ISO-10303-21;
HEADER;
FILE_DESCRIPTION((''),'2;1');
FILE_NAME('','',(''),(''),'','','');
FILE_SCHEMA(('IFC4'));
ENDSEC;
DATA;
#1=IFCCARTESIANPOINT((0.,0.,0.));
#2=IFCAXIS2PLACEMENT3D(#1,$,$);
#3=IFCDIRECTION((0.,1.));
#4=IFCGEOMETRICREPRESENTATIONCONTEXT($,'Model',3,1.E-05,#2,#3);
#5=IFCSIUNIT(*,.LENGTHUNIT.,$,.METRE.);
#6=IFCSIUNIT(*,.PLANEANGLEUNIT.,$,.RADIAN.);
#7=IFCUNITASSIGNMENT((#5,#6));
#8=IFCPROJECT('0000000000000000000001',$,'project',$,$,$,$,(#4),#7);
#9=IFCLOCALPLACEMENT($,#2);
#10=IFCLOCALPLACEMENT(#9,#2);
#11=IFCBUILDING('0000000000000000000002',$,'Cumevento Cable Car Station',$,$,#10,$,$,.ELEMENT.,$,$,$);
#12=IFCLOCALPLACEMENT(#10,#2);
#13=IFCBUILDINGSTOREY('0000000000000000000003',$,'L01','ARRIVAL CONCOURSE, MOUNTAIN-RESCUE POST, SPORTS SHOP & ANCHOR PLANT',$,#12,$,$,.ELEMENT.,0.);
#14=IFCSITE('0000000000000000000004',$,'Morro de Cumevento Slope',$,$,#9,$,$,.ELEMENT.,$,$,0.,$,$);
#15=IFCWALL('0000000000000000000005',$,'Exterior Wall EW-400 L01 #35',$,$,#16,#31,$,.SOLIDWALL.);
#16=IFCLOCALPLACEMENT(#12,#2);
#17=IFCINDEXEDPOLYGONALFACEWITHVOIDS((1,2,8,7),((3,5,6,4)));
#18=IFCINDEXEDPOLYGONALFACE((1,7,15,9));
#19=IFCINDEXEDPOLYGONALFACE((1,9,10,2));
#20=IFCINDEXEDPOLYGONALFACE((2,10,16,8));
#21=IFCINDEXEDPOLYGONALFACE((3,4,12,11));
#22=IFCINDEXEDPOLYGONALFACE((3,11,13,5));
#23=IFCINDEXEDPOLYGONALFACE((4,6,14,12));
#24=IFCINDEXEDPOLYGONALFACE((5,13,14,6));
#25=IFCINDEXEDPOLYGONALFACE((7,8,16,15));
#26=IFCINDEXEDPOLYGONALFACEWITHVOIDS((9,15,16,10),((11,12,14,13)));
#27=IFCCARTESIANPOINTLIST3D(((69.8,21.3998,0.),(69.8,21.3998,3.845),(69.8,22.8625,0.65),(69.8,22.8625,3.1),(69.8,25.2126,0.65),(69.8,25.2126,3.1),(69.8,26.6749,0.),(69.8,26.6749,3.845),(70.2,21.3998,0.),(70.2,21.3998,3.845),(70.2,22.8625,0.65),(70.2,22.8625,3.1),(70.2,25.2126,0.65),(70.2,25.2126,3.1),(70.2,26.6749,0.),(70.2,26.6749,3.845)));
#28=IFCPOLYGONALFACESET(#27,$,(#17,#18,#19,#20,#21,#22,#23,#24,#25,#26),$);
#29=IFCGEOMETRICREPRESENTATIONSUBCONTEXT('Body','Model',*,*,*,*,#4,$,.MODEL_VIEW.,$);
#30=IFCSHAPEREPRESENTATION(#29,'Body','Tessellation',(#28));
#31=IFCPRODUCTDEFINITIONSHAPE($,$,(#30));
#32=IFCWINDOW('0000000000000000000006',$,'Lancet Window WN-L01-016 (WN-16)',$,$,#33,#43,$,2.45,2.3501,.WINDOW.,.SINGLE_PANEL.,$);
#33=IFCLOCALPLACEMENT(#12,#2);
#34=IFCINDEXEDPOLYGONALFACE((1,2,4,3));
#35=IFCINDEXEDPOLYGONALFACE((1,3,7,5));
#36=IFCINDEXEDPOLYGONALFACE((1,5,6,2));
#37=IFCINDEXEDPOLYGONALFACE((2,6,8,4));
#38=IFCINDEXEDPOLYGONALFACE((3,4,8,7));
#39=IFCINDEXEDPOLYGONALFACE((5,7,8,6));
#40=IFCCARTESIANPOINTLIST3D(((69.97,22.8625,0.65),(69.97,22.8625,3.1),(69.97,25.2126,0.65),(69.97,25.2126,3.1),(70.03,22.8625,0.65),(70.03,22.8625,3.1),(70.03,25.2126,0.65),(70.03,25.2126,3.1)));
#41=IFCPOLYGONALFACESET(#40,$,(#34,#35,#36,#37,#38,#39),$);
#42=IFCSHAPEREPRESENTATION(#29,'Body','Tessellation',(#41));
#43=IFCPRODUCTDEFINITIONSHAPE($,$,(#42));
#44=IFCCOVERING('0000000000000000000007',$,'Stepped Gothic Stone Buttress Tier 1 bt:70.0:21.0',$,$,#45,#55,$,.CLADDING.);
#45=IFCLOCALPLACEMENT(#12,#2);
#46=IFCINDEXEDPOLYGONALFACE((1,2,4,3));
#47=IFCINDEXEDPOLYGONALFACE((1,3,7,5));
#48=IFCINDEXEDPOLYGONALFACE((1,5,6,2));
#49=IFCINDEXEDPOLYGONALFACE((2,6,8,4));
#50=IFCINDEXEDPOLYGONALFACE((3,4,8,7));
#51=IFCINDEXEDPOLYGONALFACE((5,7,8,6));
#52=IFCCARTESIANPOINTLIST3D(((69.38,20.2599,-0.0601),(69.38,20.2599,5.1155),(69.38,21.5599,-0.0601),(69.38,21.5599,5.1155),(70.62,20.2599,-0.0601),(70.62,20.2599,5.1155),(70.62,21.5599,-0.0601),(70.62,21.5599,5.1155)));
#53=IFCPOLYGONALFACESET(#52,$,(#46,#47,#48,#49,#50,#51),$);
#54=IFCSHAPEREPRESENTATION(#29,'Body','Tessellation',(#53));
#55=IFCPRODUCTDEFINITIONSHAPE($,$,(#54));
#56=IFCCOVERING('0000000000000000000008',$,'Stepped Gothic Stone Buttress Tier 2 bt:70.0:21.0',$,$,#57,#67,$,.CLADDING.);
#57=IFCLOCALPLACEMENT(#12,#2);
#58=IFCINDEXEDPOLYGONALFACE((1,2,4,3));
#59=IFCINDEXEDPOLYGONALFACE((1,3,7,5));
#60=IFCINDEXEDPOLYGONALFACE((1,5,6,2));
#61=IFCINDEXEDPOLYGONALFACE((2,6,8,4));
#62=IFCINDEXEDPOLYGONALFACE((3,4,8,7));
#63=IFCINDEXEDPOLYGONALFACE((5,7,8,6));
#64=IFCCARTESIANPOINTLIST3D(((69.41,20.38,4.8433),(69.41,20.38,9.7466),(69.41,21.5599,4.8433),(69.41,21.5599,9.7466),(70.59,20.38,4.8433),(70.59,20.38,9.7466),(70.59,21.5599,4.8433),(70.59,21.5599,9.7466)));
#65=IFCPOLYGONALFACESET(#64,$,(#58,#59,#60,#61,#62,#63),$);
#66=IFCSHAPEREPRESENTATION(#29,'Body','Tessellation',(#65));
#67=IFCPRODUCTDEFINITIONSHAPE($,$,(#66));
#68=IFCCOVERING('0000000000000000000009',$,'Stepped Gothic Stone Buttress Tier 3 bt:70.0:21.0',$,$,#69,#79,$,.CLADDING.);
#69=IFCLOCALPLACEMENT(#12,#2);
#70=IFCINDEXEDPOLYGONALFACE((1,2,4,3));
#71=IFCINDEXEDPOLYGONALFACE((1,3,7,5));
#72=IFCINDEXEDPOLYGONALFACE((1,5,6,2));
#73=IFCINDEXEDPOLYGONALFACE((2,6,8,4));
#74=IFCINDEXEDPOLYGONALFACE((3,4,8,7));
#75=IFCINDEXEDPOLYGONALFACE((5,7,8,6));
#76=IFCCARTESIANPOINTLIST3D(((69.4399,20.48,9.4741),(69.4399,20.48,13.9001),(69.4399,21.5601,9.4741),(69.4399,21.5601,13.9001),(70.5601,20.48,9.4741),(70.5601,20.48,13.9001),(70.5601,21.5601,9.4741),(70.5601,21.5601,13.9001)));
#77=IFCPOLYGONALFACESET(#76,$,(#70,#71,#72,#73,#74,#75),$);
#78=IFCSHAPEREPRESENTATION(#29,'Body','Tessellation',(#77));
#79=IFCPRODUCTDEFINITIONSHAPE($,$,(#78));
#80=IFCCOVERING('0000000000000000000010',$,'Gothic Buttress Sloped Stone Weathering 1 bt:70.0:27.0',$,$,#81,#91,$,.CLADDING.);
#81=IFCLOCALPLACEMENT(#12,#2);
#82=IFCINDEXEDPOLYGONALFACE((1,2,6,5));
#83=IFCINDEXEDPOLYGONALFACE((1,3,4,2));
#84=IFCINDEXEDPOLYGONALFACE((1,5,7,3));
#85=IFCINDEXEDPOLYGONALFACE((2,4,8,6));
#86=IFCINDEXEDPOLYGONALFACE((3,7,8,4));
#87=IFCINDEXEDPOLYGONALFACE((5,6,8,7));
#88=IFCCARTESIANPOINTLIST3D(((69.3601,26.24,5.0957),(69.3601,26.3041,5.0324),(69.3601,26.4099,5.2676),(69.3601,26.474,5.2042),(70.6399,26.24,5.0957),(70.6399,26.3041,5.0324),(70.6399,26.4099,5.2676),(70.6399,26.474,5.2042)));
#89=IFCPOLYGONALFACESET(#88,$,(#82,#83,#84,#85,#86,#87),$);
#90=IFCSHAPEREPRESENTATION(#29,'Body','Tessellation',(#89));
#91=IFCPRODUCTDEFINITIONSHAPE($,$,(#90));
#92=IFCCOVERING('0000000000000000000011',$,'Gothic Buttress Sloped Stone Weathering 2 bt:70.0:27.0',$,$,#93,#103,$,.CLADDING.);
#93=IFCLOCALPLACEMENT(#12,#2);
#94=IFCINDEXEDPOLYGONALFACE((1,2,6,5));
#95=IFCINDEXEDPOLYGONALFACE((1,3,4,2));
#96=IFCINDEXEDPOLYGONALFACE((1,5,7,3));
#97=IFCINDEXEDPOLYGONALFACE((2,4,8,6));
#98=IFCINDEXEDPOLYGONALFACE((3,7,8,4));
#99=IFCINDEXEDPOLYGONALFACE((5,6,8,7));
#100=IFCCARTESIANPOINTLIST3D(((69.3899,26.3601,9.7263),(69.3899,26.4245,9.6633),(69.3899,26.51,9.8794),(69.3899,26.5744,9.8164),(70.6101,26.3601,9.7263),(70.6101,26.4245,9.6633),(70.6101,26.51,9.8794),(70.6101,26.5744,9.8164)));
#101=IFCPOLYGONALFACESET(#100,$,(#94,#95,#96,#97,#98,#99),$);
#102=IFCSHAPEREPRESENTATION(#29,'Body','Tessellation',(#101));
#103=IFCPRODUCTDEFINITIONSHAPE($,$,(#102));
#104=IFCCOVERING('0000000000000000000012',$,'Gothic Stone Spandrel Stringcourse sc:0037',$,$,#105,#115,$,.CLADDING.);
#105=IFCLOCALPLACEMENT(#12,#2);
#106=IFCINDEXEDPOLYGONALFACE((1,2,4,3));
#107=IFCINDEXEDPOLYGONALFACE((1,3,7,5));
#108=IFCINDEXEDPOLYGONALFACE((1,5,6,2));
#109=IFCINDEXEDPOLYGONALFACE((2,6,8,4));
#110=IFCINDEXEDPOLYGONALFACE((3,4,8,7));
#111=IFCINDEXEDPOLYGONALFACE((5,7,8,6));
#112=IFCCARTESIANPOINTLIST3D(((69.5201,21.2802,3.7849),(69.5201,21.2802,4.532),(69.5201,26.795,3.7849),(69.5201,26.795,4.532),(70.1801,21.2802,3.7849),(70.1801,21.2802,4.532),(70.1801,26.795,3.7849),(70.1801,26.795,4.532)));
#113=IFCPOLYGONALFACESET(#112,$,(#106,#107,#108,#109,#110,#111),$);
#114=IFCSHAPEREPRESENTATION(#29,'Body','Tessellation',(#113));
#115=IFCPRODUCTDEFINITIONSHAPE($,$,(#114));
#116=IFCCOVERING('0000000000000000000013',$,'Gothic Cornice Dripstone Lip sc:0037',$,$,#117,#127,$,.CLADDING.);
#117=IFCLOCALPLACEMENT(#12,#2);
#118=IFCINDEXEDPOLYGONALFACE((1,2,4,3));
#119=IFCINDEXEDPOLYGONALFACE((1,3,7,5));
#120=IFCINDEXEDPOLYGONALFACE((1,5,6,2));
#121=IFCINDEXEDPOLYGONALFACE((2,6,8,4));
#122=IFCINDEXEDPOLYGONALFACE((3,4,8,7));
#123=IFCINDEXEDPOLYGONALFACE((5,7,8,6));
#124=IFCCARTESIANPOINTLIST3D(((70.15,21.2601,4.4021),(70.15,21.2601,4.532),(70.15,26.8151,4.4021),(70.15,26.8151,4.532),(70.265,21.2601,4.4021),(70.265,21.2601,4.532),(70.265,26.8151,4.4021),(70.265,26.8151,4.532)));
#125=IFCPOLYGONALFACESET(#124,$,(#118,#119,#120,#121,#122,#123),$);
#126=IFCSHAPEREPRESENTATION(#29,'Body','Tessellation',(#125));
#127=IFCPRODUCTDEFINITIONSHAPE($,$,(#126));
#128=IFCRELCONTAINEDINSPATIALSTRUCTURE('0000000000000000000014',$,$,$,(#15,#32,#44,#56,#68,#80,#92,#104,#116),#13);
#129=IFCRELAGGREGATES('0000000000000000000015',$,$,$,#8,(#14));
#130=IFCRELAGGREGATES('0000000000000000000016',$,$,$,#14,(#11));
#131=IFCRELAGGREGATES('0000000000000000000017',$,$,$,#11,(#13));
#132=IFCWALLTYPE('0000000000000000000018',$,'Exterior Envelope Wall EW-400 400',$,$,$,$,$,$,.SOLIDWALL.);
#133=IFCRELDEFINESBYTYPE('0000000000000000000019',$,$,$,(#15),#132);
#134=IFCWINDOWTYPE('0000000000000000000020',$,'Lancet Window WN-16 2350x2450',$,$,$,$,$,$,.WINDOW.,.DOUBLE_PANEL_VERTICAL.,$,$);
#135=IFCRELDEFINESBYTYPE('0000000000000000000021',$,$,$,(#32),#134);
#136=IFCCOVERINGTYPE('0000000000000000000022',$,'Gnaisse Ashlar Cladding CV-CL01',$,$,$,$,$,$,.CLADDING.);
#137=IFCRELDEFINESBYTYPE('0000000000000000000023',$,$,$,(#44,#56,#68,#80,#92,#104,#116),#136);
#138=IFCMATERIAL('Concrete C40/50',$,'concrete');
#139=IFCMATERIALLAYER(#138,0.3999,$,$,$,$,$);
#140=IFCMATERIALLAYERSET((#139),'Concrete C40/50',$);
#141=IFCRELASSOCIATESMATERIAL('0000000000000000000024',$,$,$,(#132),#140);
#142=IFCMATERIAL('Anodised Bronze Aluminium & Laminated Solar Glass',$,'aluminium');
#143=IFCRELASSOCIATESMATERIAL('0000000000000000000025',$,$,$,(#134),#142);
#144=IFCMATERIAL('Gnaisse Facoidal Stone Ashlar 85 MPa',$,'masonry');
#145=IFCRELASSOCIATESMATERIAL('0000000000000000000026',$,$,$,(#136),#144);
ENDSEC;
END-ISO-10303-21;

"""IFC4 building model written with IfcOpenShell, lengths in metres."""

from ifc_helpers import new_model, si_unit, direction, frame, frame_2d, origin, origin_2d, place, context, subcontext, project, spatial, polyline, rectangle, outline, extrude, material, layer, layer_set, type_object, element, fill, save


model = new_model("IFC4")

# Units and contexts
model_context = context("Model", 3, precision=1e-05, world=origin(), true_north=direction((0.0, 1.0)))
body_context = subcontext(model_context, "Body", "Model", "MODEL_VIEW")
ifc_project = project(units=[si_unit("LENGTHUNIT", "METRE"), si_unit("PLANEANGLEUNIT", "RADIAN")], contexts=[model_context])

# Site, building, storey
site_placement = place(None, origin())
site = spatial("IfcSite", under=ifc_project, at=site_placement, Name="Morro de Cumevento Slope", CompositionType="ELEMENT", RefElevation=0.0)
building_placement = place(site_placement, origin())
building = spatial("IfcBuilding", under=site, at=building_placement, Name="Cumevento Cable Car Station", CompositionType="ELEMENT")
storey_placement = place(building_placement, origin())
storey = spatial("IfcBuildingStorey", under=building, at=storey_placement, Name="L01", Description="ARRIVAL CONCOURSE, MOUNTAIN-RESCUE POST, SPORTS SHOP & ANCHOR PLANT", CompositionType="ELEMENT", Elevation=0.0)

# Wall, opening, window
ifc_material_1 = material(Name="Concrete C40/50", Category="concrete")
ifc_layer = layer(ifc_material_1, 0.3999)
ifc_layer_set = layer_set([ifc_layer], Name="Concrete C40/50")
wall_type = type_object("IfcWallType", Name="Exterior Envelope Wall EW-400 400", PredefinedType="SOLIDWALL", material=ifc_layer_set)
wall_placement = place(storey_placement, frame((70.0, 26.675, 0.0), z_axis=(0.0, 0.0, 1.0), x_axis=(0.0, -1.0, 0.0)))
wall = element("IfcWall", 1, at=wall_placement, inside=storey, type_object=wall_type, Name="Exterior Wall EW-400 L01 #35", PredefinedType="SOLIDWALL", context=body_context, shape_type="SweptSolid", body=[
    extrude(rectangle(XDim=5.2751, YDim=0.3999, at=frame_2d((2.6377, 0.0))), origin(), (0.0, 0.0, 1.0), 3.845),
])
opening_placement = place(wall_placement, frame((1.4624, 0.0, 0.6499)))
opening = element("IfcOpeningElement", 2, at=opening_placement, cuts=wall, PredefinedType="OPENING", context=body_context, shape_type="SweptSolid", body=[
    extrude(rectangle(XDim=2.3501, YDim=2.45, at=frame_2d((1.175, 1.2251))), frame((0.0, 0.21, 0.0), z_axis=(0.0, -1.0, 0.0), x_axis=(1.0, 0.0, 0.0)), (0.0, 0.0, 1.0), 0.4199),
])
ifc_material_2 = material(Name="Anodised Bronze Aluminium & Laminated Solar Glass", Category="aluminium")
window_type = type_object("IfcWindowType", Name="Lancet Window WN-16 2350x2450", PartitioningType="DOUBLE_PANEL_VERTICAL", PredefinedType="WINDOW", material=ifc_material_2)
window_placement = place(opening_placement, origin())
window = element("IfcWindow", 3, at=window_placement, inside=storey, type_object=window_type, Name="Lancet Window WN-L01-016 (WN-16)", OverallHeight=2.45, OverallWidth=2.3501, PartitioningType="SINGLE_PANEL", PredefinedType="WINDOW", context=body_context, shape_type="SweptSolid", body=[
    extrude(rectangle(XDim=2.3501, YDim=2.45, at=frame_2d((1.175, 1.2251))), frame((0.0, 0.03, 0.0), z_axis=(0.0, -1.0, 0.0), x_axis=(1.0, 0.0, 0.0)), (0.0, 0.0, 1.0), 0.0601),
])
fill(opening, window)

# Coverings
ifc_material_3 = material(Name="Gnaisse Facoidal Stone Ashlar 85 MPa", Category="masonry")
covering_type = type_object("IfcCoveringType", Name="Gnaisse Ashlar Cladding CV-CL01", PredefinedType="CLADDING", material=ifc_material_3)
covering_1_placement = place(storey_placement, frame((70.0, 20.9099, -0.0601), z_axis=(0.0, 0.0, 1.0), x_axis=(1.0, 0.0, 0.0)))
element("IfcCovering", 4, at=covering_1_placement, inside=storey, type_object=covering_type, Name="Stepped Gothic Stone Buttress Tier 1 bt:70.0:21.0", PredefinedType="CLADDING", context=body_context, shape_type="SweptSolid", body=[
    extrude(rectangle(XDim=1.24, YDim=1.3, at=origin_2d()), origin(), (0.0, 0.0, 1.0), 5.1755),
])
covering_2_placement = place(storey_placement, frame((70.0, 20.97, 4.8433), z_axis=(0.0, 0.0, 1.0), x_axis=(1.0, 0.0, 0.0)))
element("IfcCovering", 5, at=covering_2_placement, inside=storey, type_object=covering_type, Name="Stepped Gothic Stone Buttress Tier 2 bt:70.0:21.0", PredefinedType="CLADDING", context=body_context, shape_type="SweptSolid", body=[
    extrude(rectangle(XDim=1.1799, YDim=1.1799, at=origin_2d()), origin(), (0.0, 0.0, 1.0), 4.9033),
])
covering_3_placement = place(storey_placement, frame((70.0, 21.02, 9.4741), z_axis=(0.0, 0.0, 1.0), x_axis=(1.0, 0.0, 0.0)))
element("IfcCovering", 6, at=covering_3_placement, inside=storey, type_object=covering_type, Name="Stepped Gothic Stone Buttress Tier 3 bt:70.0:21.0", PredefinedType="CLADDING", context=body_context, shape_type="SweptSolid", body=[
    extrude(rectangle(XDim=1.1201, YDim=1.0801, at=origin_2d()), origin(), (0.0, 0.0, 1.0), 4.426),
])
covering_4_placement = place(storey_placement, frame((69.3601, 26.24, 5.0957), z_axis=(0.0, -0.711136, 0.703055), x_axis=(1.0, 0.0, 0.0)))
element("IfcCovering", 7, at=covering_4_placement, inside=storey, type_object=covering_type, Name="Gothic Buttress Sloped Stone Weathering 1 bt:70.0:27.0", PredefinedType="CLADDING", context=body_context, shape_type="SweptSolid", body=[
    extrude(outline(polyline([(0.0, 0.0), (1.2798, 0.0), (1.2798, 0.2417), (0.0, 0.2417), (0.0, 0.0)])), origin(), (0.0, 0.0, -1.0), 0.0901),
])
covering_5_placement = place(storey_placement, frame((69.3899, 26.3601, 9.7263), z_axis=(0.0, -0.714475, 0.699661), x_axis=(1.0, 0.0, 0.0)))
element("IfcCovering", 8, at=covering_5_placement, inside=storey, type_object=covering_type, Name="Gothic Buttress Sloped Stone Weathering 2 bt:70.0:27.0", PredefinedType="CLADDING", context=body_context, shape_type="SweptSolid", body=[
    extrude(outline(polyline([(0.0, 0.0), (1.2202, 0.0), (1.2202, 0.2142), (0.0, 0.2142), (0.0, 0.0)])), origin(), (0.0, 0.0, -1.0), 0.0901),
])
covering_6_placement = place(storey_placement, frame((69.8501, 24.0376, 3.7849), z_axis=(0.0, 0.0, 1.0), x_axis=(0.0, -1.0, 0.0)))
element("IfcCovering", 9, at=covering_6_placement, inside=storey, type_object=covering_type, Name="Gothic Stone Spandrel Stringcourse sc:0037", PredefinedType="CLADDING", context=body_context, shape_type="SweptSolid", body=[
    extrude(rectangle(XDim=5.5149, YDim=0.6599, at=origin_2d()), origin(), (0.0, 0.0, 1.0), 0.7471),
])
covering_7_placement = place(storey_placement, frame((70.2075, 24.0376, 4.4021), z_axis=(0.0, 0.0, 1.0), x_axis=(0.0, -1.0, 0.0)))
element("IfcCovering", 10, at=covering_7_placement, inside=storey, type_object=covering_type, Name="Gothic Cornice Dripstone Lip sc:0037", PredefinedType="CLADDING", context=body_context, shape_type="SweptSolid", body=[
    extrude(rectangle(XDim=5.5549, YDim=0.115, at=origin_2d()), origin(), (0.0, 0.0, 1.0), 0.1299),
])

save(model, "model.ifc")
